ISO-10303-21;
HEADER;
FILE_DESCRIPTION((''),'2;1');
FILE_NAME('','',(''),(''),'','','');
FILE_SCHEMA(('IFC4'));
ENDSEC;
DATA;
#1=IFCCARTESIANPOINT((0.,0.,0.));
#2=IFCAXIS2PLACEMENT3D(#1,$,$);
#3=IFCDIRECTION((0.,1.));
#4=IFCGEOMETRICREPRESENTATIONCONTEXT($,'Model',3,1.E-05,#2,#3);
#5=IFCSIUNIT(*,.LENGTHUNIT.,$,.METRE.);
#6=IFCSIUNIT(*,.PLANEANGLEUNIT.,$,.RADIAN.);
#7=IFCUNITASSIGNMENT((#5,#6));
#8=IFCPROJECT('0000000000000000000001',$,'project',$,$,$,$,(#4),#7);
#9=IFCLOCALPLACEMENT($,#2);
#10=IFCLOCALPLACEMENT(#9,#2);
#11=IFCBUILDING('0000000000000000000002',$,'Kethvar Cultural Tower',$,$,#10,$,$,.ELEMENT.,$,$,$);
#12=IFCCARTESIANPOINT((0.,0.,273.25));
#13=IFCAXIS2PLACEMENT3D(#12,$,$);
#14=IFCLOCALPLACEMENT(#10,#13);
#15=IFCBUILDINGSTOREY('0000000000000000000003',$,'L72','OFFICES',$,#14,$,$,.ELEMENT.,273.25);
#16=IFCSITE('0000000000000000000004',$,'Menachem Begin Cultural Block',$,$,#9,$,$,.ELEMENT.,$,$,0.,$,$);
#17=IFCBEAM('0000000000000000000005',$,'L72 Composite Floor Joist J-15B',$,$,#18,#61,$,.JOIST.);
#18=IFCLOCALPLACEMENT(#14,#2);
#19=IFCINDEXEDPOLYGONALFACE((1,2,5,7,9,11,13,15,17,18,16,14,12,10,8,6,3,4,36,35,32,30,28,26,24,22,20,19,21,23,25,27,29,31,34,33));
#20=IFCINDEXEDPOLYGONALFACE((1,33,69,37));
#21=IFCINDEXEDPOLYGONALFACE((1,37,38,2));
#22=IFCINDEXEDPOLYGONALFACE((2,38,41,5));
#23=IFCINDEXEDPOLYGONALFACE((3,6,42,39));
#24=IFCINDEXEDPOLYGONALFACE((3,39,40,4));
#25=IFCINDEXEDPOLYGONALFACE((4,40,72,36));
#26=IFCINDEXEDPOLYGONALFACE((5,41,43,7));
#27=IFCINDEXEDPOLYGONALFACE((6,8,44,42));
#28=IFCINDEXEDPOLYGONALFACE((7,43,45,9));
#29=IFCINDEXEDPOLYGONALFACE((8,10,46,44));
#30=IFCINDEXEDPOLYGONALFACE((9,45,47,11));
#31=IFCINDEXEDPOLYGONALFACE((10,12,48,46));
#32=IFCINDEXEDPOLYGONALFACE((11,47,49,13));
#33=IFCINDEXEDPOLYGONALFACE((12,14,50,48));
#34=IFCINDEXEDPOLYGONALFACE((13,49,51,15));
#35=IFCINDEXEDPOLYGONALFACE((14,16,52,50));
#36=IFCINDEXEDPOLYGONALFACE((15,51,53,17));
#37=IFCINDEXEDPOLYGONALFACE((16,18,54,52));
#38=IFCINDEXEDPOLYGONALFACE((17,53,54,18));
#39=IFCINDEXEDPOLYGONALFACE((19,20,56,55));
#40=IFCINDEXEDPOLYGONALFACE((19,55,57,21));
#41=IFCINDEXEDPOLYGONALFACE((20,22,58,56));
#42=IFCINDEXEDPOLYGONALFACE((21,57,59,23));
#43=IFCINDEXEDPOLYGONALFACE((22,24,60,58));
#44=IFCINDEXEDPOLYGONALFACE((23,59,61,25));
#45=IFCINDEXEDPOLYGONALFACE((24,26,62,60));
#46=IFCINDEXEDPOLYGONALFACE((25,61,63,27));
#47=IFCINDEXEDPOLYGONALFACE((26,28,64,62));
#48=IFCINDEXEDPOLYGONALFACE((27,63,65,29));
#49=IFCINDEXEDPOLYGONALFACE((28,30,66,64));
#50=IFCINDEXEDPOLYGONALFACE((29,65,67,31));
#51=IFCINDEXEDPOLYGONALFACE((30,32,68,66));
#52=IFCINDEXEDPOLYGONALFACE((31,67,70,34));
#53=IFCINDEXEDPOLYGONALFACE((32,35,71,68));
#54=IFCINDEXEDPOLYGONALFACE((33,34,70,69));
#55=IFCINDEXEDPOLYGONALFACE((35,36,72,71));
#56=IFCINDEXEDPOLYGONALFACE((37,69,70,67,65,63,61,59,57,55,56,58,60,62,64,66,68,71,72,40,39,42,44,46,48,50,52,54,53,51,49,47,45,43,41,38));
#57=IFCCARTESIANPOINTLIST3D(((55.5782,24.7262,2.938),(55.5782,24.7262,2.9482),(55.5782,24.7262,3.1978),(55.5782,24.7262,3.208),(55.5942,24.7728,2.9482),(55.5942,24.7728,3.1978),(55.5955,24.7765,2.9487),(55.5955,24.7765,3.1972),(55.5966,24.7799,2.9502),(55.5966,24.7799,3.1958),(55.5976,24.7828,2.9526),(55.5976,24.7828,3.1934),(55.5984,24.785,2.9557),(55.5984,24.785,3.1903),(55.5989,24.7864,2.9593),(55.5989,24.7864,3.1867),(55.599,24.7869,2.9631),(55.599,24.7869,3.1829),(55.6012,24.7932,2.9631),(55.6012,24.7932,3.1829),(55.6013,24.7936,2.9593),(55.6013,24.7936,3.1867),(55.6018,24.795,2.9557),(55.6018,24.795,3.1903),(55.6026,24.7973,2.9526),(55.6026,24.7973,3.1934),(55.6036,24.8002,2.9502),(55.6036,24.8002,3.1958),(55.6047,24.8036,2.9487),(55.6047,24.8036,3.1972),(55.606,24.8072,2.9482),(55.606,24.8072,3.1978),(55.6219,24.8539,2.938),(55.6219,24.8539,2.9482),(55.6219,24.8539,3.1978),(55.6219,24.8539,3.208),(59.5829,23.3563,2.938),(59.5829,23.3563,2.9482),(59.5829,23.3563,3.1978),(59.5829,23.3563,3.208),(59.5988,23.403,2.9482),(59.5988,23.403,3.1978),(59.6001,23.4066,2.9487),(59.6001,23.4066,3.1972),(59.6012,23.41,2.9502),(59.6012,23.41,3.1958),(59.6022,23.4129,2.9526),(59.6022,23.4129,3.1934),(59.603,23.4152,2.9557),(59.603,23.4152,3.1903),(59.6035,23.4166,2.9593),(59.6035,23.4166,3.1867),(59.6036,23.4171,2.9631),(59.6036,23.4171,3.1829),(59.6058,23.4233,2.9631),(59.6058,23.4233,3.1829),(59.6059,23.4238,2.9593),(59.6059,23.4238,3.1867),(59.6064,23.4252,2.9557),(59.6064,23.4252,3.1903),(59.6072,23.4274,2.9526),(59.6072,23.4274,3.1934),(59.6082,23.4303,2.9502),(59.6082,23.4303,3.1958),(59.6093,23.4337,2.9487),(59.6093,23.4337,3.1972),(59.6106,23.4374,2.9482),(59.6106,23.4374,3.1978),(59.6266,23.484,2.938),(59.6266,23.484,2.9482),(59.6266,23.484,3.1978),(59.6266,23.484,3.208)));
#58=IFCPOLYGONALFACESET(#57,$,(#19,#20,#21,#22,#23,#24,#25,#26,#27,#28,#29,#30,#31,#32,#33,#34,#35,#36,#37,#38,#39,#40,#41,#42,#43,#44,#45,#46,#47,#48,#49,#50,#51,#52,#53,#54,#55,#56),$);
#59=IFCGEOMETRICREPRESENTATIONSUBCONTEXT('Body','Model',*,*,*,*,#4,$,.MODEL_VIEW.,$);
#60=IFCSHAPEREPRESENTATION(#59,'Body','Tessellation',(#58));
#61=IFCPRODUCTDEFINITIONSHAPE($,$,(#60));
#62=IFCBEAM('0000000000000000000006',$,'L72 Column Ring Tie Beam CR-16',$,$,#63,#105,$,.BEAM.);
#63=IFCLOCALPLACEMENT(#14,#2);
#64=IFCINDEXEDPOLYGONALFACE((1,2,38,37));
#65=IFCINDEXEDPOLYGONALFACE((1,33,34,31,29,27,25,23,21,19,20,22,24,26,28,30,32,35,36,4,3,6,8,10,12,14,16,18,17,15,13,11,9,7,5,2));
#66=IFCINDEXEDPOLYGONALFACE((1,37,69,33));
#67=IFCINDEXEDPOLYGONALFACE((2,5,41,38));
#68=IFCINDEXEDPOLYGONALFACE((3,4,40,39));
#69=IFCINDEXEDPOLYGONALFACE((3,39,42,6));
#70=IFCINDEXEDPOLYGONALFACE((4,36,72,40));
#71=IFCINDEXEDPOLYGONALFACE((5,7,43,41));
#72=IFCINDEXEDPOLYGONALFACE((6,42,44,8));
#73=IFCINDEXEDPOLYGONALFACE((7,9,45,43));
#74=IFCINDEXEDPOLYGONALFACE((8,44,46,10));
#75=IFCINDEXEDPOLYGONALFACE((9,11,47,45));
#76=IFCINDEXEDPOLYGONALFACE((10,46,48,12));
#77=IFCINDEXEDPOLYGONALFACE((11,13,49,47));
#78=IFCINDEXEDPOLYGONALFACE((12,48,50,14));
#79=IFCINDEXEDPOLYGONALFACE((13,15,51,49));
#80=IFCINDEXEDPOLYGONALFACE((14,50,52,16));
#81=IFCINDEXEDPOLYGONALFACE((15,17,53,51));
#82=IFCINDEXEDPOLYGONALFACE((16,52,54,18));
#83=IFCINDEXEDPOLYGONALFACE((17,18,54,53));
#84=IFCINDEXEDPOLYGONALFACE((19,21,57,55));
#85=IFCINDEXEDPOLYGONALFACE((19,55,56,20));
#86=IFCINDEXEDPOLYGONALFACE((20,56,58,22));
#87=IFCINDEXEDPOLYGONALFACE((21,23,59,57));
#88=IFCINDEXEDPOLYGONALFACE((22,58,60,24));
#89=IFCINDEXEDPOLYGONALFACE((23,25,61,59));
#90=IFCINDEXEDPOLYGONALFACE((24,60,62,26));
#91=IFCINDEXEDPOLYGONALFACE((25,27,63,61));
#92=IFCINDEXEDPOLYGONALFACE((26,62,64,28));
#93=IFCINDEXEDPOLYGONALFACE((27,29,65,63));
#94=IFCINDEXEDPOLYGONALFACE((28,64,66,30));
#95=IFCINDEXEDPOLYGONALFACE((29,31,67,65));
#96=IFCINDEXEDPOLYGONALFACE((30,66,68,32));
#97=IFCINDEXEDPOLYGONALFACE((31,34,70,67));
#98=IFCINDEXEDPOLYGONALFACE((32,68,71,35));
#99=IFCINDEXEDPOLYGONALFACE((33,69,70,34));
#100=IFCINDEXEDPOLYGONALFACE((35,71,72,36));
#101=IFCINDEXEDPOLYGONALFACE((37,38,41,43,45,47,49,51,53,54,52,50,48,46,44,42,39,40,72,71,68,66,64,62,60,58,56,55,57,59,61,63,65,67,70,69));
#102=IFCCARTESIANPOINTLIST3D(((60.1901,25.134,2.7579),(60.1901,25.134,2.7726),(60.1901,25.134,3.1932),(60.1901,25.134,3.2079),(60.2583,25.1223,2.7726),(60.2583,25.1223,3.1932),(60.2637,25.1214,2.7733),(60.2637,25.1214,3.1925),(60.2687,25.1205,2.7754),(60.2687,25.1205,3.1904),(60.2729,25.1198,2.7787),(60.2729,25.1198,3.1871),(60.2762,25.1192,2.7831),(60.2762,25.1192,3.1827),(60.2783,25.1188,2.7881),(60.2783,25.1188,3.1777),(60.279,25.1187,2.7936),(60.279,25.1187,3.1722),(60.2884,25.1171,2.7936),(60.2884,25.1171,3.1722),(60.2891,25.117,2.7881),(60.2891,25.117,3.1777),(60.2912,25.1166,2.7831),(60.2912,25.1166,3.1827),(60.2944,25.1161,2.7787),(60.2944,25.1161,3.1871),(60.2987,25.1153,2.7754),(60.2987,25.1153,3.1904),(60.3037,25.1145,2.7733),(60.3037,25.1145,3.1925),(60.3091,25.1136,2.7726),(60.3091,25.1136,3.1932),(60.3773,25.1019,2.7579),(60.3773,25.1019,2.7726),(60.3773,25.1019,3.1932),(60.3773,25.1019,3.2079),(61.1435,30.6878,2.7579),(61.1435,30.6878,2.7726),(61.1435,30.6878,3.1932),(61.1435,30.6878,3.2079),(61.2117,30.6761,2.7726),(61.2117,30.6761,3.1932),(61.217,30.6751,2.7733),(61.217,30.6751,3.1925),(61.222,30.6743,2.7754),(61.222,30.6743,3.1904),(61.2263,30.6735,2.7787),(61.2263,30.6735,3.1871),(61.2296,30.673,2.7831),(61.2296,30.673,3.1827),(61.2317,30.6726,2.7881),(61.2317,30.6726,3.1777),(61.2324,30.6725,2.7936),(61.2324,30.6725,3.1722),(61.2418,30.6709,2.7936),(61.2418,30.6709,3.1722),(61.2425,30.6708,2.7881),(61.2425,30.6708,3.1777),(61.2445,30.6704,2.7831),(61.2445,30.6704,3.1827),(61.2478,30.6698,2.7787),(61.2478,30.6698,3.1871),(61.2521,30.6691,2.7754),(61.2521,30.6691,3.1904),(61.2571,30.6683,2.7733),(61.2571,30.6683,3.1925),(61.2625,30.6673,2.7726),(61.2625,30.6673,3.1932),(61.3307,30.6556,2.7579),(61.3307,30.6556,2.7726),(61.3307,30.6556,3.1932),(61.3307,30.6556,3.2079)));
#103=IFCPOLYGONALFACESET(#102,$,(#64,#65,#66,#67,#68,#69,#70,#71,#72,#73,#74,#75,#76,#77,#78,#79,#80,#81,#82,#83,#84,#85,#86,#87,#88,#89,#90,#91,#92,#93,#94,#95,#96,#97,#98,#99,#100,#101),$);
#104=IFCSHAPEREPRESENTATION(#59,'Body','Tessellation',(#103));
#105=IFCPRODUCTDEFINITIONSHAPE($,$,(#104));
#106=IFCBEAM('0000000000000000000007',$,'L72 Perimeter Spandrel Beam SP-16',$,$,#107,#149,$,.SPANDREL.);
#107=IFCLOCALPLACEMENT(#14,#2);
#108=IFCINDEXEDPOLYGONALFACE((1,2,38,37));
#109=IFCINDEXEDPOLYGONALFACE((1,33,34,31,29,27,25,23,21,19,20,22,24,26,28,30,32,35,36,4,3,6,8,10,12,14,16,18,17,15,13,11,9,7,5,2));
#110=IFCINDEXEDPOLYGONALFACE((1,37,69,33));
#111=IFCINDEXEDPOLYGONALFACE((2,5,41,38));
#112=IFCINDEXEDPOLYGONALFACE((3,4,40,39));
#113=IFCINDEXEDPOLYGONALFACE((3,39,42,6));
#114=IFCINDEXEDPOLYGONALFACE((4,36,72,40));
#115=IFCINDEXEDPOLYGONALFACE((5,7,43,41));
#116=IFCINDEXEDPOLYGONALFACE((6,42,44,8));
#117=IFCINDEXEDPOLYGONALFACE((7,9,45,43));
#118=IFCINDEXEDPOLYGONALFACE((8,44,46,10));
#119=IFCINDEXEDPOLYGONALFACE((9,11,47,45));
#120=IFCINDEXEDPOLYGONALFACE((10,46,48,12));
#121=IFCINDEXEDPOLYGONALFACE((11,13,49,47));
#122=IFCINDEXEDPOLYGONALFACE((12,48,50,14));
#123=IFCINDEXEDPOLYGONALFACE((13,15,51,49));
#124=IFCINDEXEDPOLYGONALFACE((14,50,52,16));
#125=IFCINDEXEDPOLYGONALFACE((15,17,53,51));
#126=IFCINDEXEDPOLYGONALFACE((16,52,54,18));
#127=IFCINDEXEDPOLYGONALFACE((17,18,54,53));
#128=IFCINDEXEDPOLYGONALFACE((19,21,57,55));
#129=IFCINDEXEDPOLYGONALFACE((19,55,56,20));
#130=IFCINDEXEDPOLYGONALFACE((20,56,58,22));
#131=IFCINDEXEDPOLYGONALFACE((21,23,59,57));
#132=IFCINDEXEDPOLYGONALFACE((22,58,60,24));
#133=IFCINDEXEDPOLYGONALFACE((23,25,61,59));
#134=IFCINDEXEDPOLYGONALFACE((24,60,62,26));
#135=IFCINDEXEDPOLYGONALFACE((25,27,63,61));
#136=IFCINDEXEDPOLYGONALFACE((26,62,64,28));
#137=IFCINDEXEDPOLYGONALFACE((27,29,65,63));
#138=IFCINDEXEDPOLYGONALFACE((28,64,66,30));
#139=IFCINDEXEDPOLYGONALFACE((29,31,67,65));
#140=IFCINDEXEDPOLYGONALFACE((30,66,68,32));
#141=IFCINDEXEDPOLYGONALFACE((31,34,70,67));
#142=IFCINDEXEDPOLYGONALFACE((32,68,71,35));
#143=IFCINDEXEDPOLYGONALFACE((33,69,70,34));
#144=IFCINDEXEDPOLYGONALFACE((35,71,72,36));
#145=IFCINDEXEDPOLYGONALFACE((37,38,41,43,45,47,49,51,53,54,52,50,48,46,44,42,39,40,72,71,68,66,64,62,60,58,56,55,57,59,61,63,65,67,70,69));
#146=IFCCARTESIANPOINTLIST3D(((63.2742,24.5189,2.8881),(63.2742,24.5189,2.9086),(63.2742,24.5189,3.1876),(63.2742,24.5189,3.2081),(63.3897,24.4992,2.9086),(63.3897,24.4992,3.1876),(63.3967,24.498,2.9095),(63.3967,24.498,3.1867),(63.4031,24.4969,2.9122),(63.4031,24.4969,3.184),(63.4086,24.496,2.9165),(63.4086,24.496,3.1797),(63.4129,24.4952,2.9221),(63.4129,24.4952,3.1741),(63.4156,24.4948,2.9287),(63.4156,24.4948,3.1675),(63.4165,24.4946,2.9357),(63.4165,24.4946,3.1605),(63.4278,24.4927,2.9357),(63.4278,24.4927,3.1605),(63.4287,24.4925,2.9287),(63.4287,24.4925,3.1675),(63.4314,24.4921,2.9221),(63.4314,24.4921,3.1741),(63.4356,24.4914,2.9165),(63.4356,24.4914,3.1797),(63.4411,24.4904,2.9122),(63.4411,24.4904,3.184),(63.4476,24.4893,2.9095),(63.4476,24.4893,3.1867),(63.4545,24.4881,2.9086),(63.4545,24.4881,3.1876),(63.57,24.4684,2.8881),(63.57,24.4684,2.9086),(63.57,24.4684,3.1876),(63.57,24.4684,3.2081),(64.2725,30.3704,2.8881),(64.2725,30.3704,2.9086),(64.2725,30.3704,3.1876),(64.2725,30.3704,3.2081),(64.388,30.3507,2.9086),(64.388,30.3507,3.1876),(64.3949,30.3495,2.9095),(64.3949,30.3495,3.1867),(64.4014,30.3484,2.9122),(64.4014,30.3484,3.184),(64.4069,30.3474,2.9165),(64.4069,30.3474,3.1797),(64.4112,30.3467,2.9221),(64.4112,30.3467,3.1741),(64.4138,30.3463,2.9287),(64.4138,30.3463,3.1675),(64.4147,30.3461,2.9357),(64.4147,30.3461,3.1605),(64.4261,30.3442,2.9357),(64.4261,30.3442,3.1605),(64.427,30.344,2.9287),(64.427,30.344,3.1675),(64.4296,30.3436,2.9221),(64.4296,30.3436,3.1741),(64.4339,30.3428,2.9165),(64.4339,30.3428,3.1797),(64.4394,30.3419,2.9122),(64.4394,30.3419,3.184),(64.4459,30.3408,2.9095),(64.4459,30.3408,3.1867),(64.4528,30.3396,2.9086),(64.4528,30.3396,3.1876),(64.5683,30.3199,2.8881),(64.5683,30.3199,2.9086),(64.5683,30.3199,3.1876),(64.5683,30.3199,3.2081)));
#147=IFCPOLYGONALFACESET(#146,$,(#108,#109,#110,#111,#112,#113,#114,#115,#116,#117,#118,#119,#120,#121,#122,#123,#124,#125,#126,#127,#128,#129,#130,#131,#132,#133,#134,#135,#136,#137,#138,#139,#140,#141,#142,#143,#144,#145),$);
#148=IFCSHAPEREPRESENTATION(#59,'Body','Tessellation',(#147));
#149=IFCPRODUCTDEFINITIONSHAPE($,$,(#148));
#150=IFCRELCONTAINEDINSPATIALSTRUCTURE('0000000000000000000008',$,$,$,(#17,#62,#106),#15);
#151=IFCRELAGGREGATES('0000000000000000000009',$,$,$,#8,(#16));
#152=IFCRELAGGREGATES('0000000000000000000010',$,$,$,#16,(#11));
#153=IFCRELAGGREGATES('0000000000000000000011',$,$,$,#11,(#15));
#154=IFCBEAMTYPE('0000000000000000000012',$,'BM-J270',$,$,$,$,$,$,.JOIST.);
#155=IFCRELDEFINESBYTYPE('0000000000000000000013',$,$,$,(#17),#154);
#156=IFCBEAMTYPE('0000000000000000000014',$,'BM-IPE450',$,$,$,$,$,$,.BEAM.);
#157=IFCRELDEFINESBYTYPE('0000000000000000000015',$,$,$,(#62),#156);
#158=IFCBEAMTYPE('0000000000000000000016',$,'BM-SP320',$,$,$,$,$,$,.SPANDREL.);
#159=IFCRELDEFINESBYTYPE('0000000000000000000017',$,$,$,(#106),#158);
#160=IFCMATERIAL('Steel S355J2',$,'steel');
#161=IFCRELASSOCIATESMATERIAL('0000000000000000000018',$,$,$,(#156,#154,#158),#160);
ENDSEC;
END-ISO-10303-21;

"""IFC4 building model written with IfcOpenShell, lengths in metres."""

from ifc_helpers import new_model, si_unit, direction, frame, origin, origin_2d, place, context, subcontext, project, spatial, i_section, extrude, source, transform, mapped, material, material_profile, profile_set, type_object, element, save


model = new_model("IFC4")

# Units and contexts
model_context = context("Model", 3, precision=1e-05, world=origin(), true_north=direction((0.0, 1.0)))
body_context = subcontext(model_context, "Body", "Model", "MODEL_VIEW")
ifc_project = project(units=[si_unit("LENGTHUNIT", "METRE"), si_unit("PLANEANGLEUNIT", "RADIAN")], contexts=[model_context])

# Site, building, storey
site_placement = place(None, origin())
site = spatial("IfcSite", under=ifc_project, at=site_placement, Name="Menachem Begin Cultural Block", CompositionType="ELEMENT", RefElevation=0.0)
building_placement = place(site_placement, origin())
building = spatial("IfcBuilding", under=site, at=building_placement, Name="Kethvar Cultural Tower", CompositionType="ELEMENT")
storey_placement = place(building_placement, frame((0.0, 0.0, 273.25)))
storey = spatial("IfcBuildingStorey", under=building, at=storey_placement, Name="L72", Description="OFFICES", CompositionType="ELEMENT", Elevation=273.25)

# Shared definitions
ifc_material_1 = material(Name="Steel S355J2", Category="steel")

# Beams
ifc_material_profile_1 = material_profile(ifc_material_1, i_section(OverallWidth=0.1899, OverallDepth=0.45, WebThickness=0.0095, FlangeThickness=0.0146, FilletRadius=0.021, at=origin_2d()), Name="Steel S355J2 — IPE450")
ifc_profile_set_1 = profile_set([ifc_material_profile_1], Name="Steel S355J2 — IPE450")
beam_type_1 = type_object("IfcBeamType", Name="BM-IPE450", PredefinedType="BEAM", material=ifc_profile_set_1)
ifc_material_profile_2 = material_profile(ifc_material_1, i_section(OverallWidth=0.135, OverallDepth=0.27, WebThickness=0.0066, FlangeThickness=0.0103, FilletRadius=0.0149, at=origin_2d()), Name="Steel S355J2 — IPE270")
ifc_profile_set_2 = profile_set([ifc_material_profile_2], Name="Steel S355J2 — IPE270")
beam_type_2 = type_object("IfcBeamType", Name="BM-J270", PredefinedType="JOIST", material=ifc_profile_set_2)
shared_shape_1 = source(origin(), body_context, "Body", "SweptSolid", [
    extrude(i_section(OverallWidth=0.135, OverallDepth=0.27, WebThickness=0.0066, FlangeThickness=0.0103, FilletRadius=0.0149, at=origin_2d()), origin(), (0.0, 0.0, 1.0), 4.2324),
])
beam_1_placement = place(storey_placement, frame((55.6001, 24.79, 3.073), z_axis=(0.946174, -0.323659, 0.0), x_axis=(0.323659, 0.946174, 0.0)))
element("IfcBeam", 1, at=beam_1_placement, inside=storey, type_object=beam_type_2, Name="L72 Composite Floor Joist J-15B", PredefinedType="JOIST", context=body_context, shape_type="MappedRepresentation", body=[
    mapped(shared_shape_1, transform((0.0, 0.0, 0.0), scale=1.0)),
])
shared_shape_2 = source(origin(), body_context, "Body", "SweptSolid", [
    extrude(i_section(OverallWidth=0.1899, OverallDepth=0.45, WebThickness=0.0095, FlangeThickness=0.0146, FilletRadius=0.021, at=origin_2d()), origin(), (0.0, 0.0, 1.0), 5.635),
])
beam_2_placement = place(storey_placement, frame((60.2837, 25.1179, 2.9829), z_axis=(0.169189, 0.985584, 0.0), x_axis=(-0.985584, 0.169189, 0.0)))
element("IfcBeam", 2, at=beam_2_placement, inside=storey, type_object=beam_type_1, Name="L72 Column Ring Tie Beam CR-16", PredefinedType="BEAM", context=body_context, shape_type="MappedRepresentation", body=[
    mapped(shared_shape_2, transform((0.0, 0.0, 0.0), scale=1.0)),
])
ifc_material_profile_3 = material_profile(ifc_material_1, i_section(OverallWidth=0.3, OverallDepth=0.3201, WebThickness=0.0115, FlangeThickness=0.0205, FilletRadius=0.0271, at=origin_2d()), Name="Steel S355J2 — HEB320")
ifc_profile_set_3 = profile_set([ifc_material_profile_3], Name="Steel S355J2 — HEB320")
beam_type_3 = type_object("IfcBeamType", Name="BM-SP320", PredefinedType="SPANDREL", material=ifc_profile_set_3)
shared_shape_3 = source(origin(), body_context, "Body", "SweptSolid", [
    extrude(i_section(OverallWidth=0.3, OverallDepth=0.3201, WebThickness=0.0115, FlangeThickness=0.0205, FilletRadius=0.0271, at=origin_2d()), origin(), (0.0, 0.0, 1.0), 5.936),
])
beam_3_placement = place(storey_placement, frame((63.4221, 24.4937, 3.0481), z_axis=(0.168173, 0.985758, 0.0), x_axis=(-0.985758, 0.168173, 0.0)))
element("IfcBeam", 3, at=beam_3_placement, inside=storey, type_object=beam_type_3, Name="L72 Perimeter Spandrel Beam SP-16", PredefinedType="SPANDREL", context=body_context, shape_type="MappedRepresentation", body=[
    mapped(shared_shape_3, transform((0.0, 0.0, 0.0), scale=1.0)),
])

save(model, "model.ifc")
